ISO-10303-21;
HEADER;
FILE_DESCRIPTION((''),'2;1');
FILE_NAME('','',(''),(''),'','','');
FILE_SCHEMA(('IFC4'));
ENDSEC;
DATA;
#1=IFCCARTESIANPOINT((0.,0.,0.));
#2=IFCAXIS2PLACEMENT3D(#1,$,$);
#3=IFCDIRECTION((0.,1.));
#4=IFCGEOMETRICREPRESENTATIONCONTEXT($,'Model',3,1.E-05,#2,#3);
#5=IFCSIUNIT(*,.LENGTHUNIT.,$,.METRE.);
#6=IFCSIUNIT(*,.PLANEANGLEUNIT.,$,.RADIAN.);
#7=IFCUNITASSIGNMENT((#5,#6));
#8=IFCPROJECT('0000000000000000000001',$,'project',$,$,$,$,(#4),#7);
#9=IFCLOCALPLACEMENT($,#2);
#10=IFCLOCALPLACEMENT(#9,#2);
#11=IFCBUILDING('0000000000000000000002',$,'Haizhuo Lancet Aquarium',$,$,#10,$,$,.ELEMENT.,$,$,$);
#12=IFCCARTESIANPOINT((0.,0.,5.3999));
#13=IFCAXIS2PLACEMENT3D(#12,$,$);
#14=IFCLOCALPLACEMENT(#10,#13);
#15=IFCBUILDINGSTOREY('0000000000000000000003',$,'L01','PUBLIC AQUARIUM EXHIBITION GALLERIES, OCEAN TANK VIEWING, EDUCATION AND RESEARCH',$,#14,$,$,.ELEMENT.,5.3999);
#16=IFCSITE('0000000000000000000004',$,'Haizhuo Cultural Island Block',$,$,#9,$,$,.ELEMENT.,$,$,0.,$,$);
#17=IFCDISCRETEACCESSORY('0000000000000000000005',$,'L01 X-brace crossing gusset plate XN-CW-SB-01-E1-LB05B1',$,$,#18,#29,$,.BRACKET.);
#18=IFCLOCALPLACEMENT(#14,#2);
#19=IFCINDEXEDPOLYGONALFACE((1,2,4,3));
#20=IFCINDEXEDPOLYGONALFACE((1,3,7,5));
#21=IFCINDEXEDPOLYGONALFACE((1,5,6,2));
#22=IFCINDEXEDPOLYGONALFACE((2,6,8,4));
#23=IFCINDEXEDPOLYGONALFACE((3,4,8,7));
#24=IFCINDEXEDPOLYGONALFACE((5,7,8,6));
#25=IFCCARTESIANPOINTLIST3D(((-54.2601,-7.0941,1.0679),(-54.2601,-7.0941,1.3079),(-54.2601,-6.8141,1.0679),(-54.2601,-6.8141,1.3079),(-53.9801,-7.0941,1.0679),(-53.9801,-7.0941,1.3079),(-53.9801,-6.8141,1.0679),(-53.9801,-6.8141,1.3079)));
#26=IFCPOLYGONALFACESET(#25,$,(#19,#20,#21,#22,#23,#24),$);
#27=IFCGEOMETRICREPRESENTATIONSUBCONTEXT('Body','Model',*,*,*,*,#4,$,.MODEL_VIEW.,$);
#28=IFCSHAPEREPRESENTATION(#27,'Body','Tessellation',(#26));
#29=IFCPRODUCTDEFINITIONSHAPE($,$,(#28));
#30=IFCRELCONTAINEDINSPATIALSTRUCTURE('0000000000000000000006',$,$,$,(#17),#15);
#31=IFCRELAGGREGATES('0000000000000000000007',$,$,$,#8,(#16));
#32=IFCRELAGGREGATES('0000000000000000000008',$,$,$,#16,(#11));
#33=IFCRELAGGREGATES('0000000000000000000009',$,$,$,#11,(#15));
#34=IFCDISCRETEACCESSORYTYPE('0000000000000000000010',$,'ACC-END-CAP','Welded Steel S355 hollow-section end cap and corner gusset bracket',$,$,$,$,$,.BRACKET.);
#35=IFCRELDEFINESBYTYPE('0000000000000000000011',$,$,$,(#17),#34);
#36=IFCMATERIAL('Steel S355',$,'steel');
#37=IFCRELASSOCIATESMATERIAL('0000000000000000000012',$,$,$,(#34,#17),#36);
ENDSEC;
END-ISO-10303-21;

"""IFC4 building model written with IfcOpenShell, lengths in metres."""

from ifc_helpers import new_model, si_unit, direction, frame, origin, origin_2d, place, context, subcontext, project, spatial, rectangle, extrude, material, type_object, element, save


model = new_model("IFC4")

# Units and contexts
model_context = context("Model", 3, precision=1e-05, world=origin(), true_north=direction((0.0, 1.0)))
body_context = subcontext(model_context, "Body", "Model", "MODEL_VIEW")
ifc_project = project(units=[si_unit("LENGTHUNIT", "METRE"), si_unit("PLANEANGLEUNIT", "RADIAN")], contexts=[model_context])

# Site, building, storey
site_placement = place(None, origin())
site = spatial("IfcSite", under=ifc_project, at=site_placement, Name="Haizhuo Cultural Island Block", CompositionType="ELEMENT", RefElevation=0.0)
building_placement = place(site_placement, origin())
building = spatial("IfcBuilding", under=site, at=building_placement, Name="Haizhuo Lancet Aquarium", CompositionType="ELEMENT")
storey_placement = place(building_placement, frame((0.0, 0.0, 5.3999)))
storey = spatial("IfcBuildingStorey", under=building, at=storey_placement, Name="L01", Description="PUBLIC AQUARIUM EXHIBITION GALLERIES, OCEAN TANK VIEWING, EDUCATION AND RESEARCH", CompositionType="ELEMENT", Elevation=5.3999)

# Shared definitions
ifc_material_1 = material(Name="Steel S355", Category="steel")

# Discrete accessory
discrete_accessory_type = type_object("IfcDiscreteAccessoryType", Name="ACC-END-CAP", Description="Welded Steel S355 hollow-section end cap and corner gusset bracket", PredefinedType="BRACKET", material=ifc_material_1)
for number, where, z_axis, x_axis, name in (
    (1, (-54.1201, -6.9541, 1.0679), (0.0, 0.0, 1.0), (1.0, 0.0, 0.0), "L01 X-brace crossing gusset plate XN-CW-SB-01-E1-LB05B1"),
):
    element("IfcDiscreteAccessory", number, at=place(storey_placement, frame(where, z_axis=z_axis, x_axis=x_axis)), inside=storey, type_object=discrete_accessory_type, material=ifc_material_1, Name=name, PredefinedType="BRACKET", context=body_context, shape_type="SweptSolid", body=[
        extrude(rectangle(XDim=0.28, YDim=0.28, at=origin_2d()), origin(), (0.0, 0.0, 1.0), 0.24),
    ])

save(model, "model.ifc")
